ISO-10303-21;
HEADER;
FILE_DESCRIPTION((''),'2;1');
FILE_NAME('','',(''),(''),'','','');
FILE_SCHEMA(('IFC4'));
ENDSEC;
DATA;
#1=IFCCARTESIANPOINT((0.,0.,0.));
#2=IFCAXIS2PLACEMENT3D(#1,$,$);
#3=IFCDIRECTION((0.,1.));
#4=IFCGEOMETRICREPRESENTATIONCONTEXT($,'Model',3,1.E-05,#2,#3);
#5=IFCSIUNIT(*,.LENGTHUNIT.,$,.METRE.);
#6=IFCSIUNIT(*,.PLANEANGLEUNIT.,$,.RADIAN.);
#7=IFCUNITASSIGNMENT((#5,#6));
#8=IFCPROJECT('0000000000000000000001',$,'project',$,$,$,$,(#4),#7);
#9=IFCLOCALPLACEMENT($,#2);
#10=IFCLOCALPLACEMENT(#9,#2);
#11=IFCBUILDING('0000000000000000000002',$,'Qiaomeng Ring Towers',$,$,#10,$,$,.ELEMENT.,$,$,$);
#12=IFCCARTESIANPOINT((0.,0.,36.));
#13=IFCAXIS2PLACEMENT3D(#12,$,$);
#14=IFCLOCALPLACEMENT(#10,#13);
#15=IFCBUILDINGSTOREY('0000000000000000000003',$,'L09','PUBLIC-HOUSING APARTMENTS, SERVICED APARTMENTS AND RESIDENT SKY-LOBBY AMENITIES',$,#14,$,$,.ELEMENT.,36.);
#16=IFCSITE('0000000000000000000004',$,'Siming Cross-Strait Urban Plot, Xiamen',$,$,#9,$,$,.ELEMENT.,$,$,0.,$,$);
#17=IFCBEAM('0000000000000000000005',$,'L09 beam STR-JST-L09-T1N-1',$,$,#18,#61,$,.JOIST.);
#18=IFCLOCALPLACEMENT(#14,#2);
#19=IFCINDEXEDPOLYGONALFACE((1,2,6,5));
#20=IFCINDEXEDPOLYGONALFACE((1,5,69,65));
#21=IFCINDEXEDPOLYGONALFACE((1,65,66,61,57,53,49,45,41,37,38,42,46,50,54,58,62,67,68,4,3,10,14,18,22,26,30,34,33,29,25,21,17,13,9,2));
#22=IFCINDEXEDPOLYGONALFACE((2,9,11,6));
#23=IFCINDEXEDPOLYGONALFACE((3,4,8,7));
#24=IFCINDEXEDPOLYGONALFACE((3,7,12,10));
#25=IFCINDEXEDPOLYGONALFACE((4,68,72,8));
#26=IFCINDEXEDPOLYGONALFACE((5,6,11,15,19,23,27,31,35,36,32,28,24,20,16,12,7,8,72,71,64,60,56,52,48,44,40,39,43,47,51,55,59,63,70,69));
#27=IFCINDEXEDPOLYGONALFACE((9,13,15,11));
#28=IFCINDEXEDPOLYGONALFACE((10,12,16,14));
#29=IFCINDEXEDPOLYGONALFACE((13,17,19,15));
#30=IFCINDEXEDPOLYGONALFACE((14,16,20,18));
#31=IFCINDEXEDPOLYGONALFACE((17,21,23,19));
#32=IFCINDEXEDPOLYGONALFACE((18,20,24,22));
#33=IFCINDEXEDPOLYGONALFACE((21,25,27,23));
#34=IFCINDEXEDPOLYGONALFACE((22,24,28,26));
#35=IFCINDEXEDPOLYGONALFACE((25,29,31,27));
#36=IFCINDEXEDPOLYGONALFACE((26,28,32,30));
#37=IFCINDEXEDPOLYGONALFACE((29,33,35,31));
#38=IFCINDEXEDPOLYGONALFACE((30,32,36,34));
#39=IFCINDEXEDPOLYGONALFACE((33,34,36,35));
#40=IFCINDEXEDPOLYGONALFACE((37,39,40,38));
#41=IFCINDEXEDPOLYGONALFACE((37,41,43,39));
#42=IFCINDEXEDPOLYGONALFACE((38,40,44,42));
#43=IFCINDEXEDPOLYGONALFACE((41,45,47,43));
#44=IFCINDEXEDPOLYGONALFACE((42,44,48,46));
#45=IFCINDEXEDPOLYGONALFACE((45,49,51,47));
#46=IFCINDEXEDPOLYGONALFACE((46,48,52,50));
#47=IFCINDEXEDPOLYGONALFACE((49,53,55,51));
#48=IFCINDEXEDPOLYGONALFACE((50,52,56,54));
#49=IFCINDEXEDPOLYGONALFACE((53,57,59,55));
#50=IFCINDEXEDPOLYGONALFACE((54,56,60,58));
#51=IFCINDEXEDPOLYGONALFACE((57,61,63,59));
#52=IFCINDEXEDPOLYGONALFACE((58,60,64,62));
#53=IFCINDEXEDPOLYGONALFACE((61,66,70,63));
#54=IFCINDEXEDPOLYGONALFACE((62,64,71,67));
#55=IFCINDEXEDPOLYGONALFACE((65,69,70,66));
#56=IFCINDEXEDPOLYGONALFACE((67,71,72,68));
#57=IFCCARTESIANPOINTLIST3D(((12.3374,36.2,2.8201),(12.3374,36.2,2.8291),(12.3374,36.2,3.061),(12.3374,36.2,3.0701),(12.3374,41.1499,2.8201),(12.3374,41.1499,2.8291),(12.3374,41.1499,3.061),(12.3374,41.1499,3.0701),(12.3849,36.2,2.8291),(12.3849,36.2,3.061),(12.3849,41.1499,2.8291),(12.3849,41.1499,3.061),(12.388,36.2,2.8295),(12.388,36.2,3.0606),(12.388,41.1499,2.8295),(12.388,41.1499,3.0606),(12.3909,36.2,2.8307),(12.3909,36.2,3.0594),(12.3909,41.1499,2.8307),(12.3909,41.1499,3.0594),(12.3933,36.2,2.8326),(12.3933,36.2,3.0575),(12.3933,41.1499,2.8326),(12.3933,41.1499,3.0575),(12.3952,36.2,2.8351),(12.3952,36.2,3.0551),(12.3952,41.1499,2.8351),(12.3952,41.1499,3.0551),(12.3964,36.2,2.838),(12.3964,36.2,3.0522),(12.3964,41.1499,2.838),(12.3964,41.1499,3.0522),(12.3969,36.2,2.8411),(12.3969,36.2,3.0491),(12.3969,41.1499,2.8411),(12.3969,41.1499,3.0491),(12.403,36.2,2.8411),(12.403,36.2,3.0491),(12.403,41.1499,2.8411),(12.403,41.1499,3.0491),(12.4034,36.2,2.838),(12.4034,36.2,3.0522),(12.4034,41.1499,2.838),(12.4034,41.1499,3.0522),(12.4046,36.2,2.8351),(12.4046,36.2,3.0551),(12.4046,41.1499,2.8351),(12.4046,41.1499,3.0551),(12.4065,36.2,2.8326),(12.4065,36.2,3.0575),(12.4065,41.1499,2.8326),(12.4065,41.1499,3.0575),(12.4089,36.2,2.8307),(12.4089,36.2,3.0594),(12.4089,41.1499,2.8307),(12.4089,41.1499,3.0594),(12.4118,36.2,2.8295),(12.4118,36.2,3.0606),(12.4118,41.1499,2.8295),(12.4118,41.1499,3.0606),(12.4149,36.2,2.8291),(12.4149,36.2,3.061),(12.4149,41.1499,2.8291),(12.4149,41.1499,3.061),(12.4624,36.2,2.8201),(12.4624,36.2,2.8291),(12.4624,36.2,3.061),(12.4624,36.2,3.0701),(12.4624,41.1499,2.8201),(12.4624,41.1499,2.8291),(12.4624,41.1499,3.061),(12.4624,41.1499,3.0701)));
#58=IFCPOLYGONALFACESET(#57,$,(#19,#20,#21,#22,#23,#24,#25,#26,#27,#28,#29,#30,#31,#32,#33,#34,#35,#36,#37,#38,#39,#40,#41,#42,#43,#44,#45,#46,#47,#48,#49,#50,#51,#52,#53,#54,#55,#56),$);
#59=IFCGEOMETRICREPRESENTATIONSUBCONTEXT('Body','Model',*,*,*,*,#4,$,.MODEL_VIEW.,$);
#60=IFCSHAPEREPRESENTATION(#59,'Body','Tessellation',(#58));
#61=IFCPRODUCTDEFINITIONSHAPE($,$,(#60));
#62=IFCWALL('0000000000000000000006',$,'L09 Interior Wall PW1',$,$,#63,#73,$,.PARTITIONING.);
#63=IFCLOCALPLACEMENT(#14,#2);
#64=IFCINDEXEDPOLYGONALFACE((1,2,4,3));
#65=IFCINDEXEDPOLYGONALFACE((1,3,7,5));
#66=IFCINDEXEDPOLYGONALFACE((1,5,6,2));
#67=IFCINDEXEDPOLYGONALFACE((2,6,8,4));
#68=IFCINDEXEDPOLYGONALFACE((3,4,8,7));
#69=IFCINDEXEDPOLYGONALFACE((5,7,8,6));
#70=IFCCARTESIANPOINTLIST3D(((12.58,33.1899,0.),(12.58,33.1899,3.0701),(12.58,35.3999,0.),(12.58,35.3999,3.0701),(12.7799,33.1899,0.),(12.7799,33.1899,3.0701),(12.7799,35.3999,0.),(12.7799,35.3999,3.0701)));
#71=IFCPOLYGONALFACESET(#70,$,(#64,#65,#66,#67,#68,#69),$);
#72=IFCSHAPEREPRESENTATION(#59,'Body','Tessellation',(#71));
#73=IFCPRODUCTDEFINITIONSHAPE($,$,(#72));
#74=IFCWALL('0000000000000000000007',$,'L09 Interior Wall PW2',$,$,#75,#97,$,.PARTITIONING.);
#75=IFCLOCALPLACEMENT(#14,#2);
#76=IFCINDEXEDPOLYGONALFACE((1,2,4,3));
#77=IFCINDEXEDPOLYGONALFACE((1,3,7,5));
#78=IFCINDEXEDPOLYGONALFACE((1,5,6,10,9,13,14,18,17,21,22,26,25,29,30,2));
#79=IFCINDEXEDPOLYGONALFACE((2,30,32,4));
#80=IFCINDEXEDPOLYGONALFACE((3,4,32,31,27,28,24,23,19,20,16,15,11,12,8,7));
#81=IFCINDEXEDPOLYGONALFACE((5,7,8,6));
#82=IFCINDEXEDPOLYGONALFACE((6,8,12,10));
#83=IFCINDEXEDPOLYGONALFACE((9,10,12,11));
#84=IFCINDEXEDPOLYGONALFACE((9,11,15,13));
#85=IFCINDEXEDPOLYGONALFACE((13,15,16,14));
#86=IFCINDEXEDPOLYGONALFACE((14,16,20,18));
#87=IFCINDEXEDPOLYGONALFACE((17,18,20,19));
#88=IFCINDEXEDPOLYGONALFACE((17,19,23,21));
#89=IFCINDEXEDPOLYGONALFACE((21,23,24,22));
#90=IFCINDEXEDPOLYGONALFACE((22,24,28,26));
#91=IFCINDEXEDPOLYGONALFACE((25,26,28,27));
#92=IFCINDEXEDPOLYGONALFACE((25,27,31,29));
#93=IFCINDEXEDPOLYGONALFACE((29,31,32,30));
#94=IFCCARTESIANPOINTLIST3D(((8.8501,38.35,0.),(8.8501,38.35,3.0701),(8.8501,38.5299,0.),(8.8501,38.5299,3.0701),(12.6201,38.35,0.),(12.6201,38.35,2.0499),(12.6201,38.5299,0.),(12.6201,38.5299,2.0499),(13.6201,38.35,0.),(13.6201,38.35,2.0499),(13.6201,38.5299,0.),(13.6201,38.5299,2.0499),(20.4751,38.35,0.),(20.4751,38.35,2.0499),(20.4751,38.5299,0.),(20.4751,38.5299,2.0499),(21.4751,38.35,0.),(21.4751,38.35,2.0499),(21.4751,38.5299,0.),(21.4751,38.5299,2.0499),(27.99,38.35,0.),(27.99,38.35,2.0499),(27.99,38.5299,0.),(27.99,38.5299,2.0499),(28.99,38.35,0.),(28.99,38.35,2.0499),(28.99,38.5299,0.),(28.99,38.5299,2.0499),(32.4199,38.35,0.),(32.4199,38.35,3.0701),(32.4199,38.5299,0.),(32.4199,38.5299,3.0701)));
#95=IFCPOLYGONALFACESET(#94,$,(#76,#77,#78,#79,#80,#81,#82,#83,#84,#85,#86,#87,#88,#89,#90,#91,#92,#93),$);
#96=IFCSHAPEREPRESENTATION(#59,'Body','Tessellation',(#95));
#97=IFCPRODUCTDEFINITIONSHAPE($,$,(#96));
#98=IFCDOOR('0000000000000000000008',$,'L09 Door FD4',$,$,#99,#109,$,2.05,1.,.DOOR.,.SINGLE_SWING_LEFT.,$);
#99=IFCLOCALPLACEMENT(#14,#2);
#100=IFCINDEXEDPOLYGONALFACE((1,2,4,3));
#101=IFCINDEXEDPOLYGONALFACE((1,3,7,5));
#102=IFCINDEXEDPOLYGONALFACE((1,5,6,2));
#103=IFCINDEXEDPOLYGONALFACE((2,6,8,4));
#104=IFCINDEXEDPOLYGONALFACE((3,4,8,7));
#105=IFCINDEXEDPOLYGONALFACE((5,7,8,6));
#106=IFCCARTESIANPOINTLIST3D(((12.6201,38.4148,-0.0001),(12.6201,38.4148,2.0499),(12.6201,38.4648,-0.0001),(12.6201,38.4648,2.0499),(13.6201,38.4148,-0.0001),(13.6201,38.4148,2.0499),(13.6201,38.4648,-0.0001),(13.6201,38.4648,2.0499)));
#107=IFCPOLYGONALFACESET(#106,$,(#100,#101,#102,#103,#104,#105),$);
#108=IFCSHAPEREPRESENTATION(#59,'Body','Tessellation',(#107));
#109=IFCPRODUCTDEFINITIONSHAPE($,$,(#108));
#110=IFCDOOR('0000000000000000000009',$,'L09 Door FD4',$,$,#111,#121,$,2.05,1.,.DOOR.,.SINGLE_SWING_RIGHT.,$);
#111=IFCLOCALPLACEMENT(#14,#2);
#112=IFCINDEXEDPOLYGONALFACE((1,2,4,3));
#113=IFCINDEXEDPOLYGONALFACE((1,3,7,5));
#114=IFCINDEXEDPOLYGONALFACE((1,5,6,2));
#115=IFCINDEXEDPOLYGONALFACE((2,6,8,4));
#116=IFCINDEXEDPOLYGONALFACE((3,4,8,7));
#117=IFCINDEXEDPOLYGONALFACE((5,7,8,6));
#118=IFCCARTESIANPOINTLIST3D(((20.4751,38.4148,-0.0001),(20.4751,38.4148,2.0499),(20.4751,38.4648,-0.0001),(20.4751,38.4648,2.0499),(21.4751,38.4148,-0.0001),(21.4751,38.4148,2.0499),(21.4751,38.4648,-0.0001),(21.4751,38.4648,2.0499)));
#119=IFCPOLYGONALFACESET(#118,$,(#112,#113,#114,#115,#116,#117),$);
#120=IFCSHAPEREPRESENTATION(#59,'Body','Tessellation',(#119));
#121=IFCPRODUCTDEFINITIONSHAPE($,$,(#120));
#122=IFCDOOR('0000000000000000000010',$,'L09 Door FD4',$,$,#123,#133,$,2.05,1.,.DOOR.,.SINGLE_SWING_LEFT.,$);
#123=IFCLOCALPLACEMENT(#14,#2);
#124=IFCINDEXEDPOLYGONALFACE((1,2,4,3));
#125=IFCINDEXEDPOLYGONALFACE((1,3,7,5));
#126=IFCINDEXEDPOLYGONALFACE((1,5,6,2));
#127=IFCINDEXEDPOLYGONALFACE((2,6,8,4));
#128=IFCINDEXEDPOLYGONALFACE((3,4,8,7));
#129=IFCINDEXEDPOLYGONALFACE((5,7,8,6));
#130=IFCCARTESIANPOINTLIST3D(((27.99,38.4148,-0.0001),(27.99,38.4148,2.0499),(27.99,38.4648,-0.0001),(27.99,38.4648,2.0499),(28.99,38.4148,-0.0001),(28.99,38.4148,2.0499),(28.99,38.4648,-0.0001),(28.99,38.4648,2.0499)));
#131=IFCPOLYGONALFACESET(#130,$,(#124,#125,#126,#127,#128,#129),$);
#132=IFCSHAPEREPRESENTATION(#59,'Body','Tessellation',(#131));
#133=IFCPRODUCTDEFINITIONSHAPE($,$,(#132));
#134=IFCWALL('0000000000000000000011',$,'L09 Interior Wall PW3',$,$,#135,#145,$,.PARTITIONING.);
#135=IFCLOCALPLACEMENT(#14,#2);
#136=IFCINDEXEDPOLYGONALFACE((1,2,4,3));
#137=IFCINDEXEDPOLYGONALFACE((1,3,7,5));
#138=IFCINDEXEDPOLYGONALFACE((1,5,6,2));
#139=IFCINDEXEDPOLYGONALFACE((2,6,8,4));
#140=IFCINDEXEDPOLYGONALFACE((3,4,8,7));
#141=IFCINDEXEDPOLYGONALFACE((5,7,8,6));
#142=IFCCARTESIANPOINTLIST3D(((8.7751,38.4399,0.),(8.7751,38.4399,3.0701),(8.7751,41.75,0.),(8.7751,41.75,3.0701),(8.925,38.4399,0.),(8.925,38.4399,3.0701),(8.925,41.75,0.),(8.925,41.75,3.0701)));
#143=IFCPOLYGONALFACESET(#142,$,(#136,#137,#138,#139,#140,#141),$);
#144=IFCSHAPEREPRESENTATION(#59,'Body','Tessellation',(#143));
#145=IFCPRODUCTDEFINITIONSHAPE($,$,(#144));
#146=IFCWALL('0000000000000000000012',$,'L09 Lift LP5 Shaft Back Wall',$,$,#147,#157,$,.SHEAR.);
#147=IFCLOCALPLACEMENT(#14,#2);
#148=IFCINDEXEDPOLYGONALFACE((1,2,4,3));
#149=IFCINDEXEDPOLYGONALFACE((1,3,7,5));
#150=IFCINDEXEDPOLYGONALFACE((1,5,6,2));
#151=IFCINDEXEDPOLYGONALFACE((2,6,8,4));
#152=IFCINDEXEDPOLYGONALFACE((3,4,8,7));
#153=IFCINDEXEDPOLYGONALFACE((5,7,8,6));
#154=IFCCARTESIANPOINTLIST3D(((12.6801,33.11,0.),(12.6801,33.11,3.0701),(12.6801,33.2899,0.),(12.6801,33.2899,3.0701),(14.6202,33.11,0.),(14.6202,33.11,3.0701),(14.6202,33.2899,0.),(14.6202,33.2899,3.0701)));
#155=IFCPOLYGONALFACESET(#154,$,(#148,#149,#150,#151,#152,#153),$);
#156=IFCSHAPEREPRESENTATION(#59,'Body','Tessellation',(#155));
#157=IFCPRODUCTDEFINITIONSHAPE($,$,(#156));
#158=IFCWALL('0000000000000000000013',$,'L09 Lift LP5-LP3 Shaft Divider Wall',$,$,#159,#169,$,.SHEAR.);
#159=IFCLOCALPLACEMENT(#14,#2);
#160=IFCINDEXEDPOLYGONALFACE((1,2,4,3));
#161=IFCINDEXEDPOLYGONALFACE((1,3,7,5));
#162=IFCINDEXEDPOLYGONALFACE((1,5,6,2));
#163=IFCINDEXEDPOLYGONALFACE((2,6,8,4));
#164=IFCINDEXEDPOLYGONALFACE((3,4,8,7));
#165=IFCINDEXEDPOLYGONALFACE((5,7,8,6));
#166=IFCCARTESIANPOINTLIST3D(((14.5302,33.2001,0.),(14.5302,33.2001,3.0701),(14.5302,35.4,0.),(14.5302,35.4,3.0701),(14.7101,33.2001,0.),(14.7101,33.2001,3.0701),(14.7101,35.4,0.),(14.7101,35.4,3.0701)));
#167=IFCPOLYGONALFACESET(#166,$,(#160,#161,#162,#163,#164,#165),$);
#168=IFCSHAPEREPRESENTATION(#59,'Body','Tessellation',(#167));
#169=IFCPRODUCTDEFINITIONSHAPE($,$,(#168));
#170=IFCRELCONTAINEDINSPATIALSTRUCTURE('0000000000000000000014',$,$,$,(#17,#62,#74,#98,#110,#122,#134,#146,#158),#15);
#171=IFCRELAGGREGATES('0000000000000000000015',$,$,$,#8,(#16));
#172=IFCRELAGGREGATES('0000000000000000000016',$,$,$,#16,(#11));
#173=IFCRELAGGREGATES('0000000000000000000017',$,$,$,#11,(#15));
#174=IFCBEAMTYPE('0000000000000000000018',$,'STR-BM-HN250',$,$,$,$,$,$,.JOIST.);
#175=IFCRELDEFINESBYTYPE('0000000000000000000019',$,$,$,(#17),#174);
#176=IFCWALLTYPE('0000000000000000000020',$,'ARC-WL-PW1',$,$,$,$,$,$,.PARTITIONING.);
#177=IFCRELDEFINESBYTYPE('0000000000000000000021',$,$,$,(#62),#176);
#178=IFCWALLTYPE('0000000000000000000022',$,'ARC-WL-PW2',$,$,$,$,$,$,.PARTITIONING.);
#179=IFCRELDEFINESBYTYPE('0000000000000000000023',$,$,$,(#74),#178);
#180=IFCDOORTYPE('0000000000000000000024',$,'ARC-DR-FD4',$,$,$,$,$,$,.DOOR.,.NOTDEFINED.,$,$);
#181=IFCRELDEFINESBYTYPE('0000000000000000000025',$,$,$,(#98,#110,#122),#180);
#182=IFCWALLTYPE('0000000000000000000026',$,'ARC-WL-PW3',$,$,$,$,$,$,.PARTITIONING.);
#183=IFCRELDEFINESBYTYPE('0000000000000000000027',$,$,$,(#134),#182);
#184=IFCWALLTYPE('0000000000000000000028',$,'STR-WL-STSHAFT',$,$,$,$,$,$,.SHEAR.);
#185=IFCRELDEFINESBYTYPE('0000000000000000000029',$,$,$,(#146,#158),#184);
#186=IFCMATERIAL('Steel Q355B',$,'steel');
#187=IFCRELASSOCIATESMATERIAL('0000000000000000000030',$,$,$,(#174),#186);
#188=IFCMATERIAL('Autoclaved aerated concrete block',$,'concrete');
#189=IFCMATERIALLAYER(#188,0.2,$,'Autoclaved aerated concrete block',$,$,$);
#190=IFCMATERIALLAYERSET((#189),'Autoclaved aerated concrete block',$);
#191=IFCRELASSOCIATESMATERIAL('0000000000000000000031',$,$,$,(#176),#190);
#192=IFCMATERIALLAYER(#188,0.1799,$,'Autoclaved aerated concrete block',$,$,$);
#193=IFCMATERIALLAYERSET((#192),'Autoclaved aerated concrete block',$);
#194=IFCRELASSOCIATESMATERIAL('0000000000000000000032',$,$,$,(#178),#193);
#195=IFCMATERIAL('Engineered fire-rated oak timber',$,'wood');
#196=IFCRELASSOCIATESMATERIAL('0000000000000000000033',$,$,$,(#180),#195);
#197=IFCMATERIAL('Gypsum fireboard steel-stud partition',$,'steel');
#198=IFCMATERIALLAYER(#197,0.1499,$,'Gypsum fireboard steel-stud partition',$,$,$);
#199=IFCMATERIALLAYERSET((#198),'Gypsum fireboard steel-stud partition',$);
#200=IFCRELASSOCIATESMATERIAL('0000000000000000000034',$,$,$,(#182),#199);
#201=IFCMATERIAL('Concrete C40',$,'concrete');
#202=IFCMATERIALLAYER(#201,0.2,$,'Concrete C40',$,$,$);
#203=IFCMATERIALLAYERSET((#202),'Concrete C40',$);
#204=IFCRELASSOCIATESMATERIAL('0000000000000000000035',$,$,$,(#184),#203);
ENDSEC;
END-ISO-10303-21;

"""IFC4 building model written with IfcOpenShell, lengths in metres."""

from ifc_helpers import new_model, si_unit, direction, frame, frame_2d, origin, origin_2d, place, context, subcontext, project, spatial, rectangle, i_section, extrude, source, transform, mapped, material, layer, layer_set, material_profile, profile_set, type_object, element, fill, save


model = new_model("IFC4")

# Units and contexts
model_context = context("Model", 3, precision=1e-05, world=origin(), true_north=direction((0.0, 1.0)))
body_context = subcontext(model_context, "Body", "Model", "MODEL_VIEW")
ifc_project = project(units=[si_unit("LENGTHUNIT", "METRE"), si_unit("PLANEANGLEUNIT", "RADIAN")], contexts=[model_context])

# Site, building, storey
site_placement = place(None, origin())
site = spatial("IfcSite", under=ifc_project, at=site_placement, Name="Siming Cross-Strait Urban Plot, Xiamen", CompositionType="ELEMENT", RefElevation=0.0)
building_placement = place(site_placement, origin())
building = spatial("IfcBuilding", under=site, at=building_placement, Name="Qiaomeng Ring Towers", CompositionType="ELEMENT")
storey_placement = place(building_placement, frame((0.0, 0.0, 36.0)))
storey = spatial("IfcBuildingStorey", under=building, at=storey_placement, Name="L09", Description="PUBLIC-HOUSING APARTMENTS, SERVICED APARTMENTS AND RESIDENT SKY-LOBBY AMENITIES", CompositionType="ELEMENT", Elevation=36.0)

# Beam
ifc_material_1 = material(Name="Steel Q355B", Category="steel")
ifc_material_profile = material_profile(ifc_material_1, i_section(OverallWidth=0.125, OverallDepth=0.25, WebThickness=0.0061, FlangeThickness=0.009, FilletRadius=0.012, at=origin_2d()), Name="HN 250x125x6x9")
ifc_profile_set = profile_set([ifc_material_profile], Name="Steel Q355B")
beam_type = type_object("IfcBeamType", Name="STR-BM-HN250", PredefinedType="JOIST", material=ifc_profile_set)
shared_shape_1 = source(origin(), body_context, "Body", "SweptSolid", [
    extrude(i_section(OverallWidth=0.125, OverallDepth=0.25, WebThickness=0.0061, FlangeThickness=0.009, FilletRadius=0.012, at=origin_2d()), origin(), (0.0, 0.0, 1.0), 4.95),
])
beam_placement = place(storey_placement, frame((12.3999, 36.2, 2.9451), z_axis=(0.0, 1.0, 0.0), x_axis=(-1.0, 0.0, 0.0)))
element("IfcBeam", 1, at=beam_placement, inside=storey, type_object=beam_type, Name="L09 beam STR-JST-L09-T1N-1", PredefinedType="JOIST", context=body_context, shape_type="MappedRepresentation", body=[
    mapped(shared_shape_1, transform((0.0, 0.0, 0.0), x_axis=(1.0, 0.0, 0.0), y_axis=(0.0, 1.0, 0.0), z_axis=(0.0, 0.0, 1.0), scale=1.0)),
])

# Wall
ifc_material_2 = material(Name="Autoclaved aerated concrete block", Category="concrete")
ifc_layer_1 = layer(ifc_material_2, 0.2, Name="Autoclaved aerated concrete block")
ifc_layer_set_1 = layer_set([ifc_layer_1], Name="Autoclaved aerated concrete block")
wall_type_1 = type_object("IfcWallType", Name="ARC-WL-PW1", PredefinedType="PARTITIONING", material=ifc_layer_set_1)
wall_1_placement = place(storey_placement, frame((12.6799, 33.1899, 0.0), z_axis=(0.0, 0.0, 1.0), x_axis=(0.0, 1.0, 0.0)))
element("IfcWall", 2, at=wall_1_placement, inside=storey, type_object=wall_type_1, Name="L09 Interior Wall PW1", PredefinedType="PARTITIONING", context=body_context, shape_type="SweptSolid", body=[
    extrude(rectangle(XDim=2.21, YDim=0.2, at=frame_2d((1.105, 0.0))), origin(), (0.0, 0.0, 1.0), 3.0701),
])

# Wall, openings, doors
ifc_layer_2 = layer(ifc_material_2, 0.1799, Name="Autoclaved aerated concrete block")
ifc_layer_set_2 = layer_set([ifc_layer_2], Name="Autoclaved aerated concrete block")
wall_type_2 = type_object("IfcWallType", Name="ARC-WL-PW2", PredefinedType="PARTITIONING", material=ifc_layer_set_2)
wall_2_placement = place(storey_placement, frame((8.8501, 38.4399, 0.0), z_axis=(0.0, 0.0, 1.0), x_axis=(1.0, 0.0, 0.0)))
wall_2 = element("IfcWall", 3, at=wall_2_placement, inside=storey, type_object=wall_type_2, Name="L09 Interior Wall PW2", PredefinedType="PARTITIONING", context=body_context, shape_type="SweptSolid", body=[
    extrude(rectangle(XDim=23.5698, YDim=0.1799, at=frame_2d((11.7849, 0.0))), origin(), (0.0, 0.0, 1.0), 3.0701),
])
opening_1_placement = place(wall_2_placement, frame((3.77, 0.0, 0.0)))
opening_1 = element("IfcOpeningElement", 4, at=opening_1_placement, cuts=wall_2, PredefinedType="OPENING", context=body_context, shape_type="SweptSolid", body=[
    extrude(rectangle(XDim=1.0, YDim=2.05, at=frame_2d((0.5, 1.0249))), frame((0.0, 0.0999, 0.0), z_axis=(0.0, -1.0, 0.0), x_axis=(1.0, 0.0, 0.0)), (0.0, 0.0, 1.0), 0.2),
])
opening_2_placement = place(wall_2_placement, frame((11.625, 0.0, 0.0)))
opening_2 = element("IfcOpeningElement", 5, at=opening_2_placement, cuts=wall_2, PredefinedType="OPENING", context=body_context, shape_type="SweptSolid", body=[
    extrude(rectangle(XDim=1.0, YDim=2.05, at=frame_2d((0.5, 1.0249))), frame((0.0, 0.0999, 0.0), z_axis=(0.0, -1.0, 0.0), x_axis=(1.0, 0.0, 0.0)), (0.0, 0.0, 1.0), 0.2),
])
opening_3_placement = place(wall_2_placement, frame((19.1399, 0.0, 0.0)))
opening_3 = element("IfcOpeningElement", 6, at=opening_3_placement, cuts=wall_2, PredefinedType="OPENING", context=body_context, shape_type="SweptSolid", body=[
    extrude(rectangle(XDim=1.0, YDim=2.05, at=frame_2d((0.5, 1.0249))), frame((0.0, 0.0999, 0.0), z_axis=(0.0, -1.0, 0.0), x_axis=(1.0, 0.0, 0.0)), (0.0, 0.0, 1.0), 0.2),
])
ifc_material_3 = material(Name="Engineered fire-rated oak timber", Category="wood")
door_type_1 = type_object("IfcDoorType", Name="ARC-DR-FD4", OperationType="NOTDEFINED", PredefinedType="DOOR", material=ifc_material_3)
shared_shape_2 = source(origin(), body_context, "Body", "SweptSolid", [
    extrude(rectangle(XDim=1.0, YDim=2.05, at=frame_2d((0.5, 1.0249))), frame((0.0, 0.0249, 0.0), z_axis=(0.0, -1.0, 0.0), x_axis=(1.0, 0.0, 0.0)), (0.0, 0.0, 1.0), 0.05),
])
door_1_placement = place(opening_1_placement, origin())
door_1 = element("IfcDoor", 7, at=door_1_placement, inside=storey, type_object=door_type_1, Name="L09 Door FD4", OperationType="SINGLE_SWING_LEFT", OverallHeight=2.05, OverallWidth=1.0, PredefinedType="DOOR", context=body_context, shape_type="MappedRepresentation", body=[
    mapped(shared_shape_2, transform((0.0, 0.0, 0.0), x_axis=(1.0, 0.0, 0.0), y_axis=(0.0, 1.0, 0.0), z_axis=(0.0, 0.0, 1.0), scale=1.0)),
])
fill(opening_1, door_1)
door_2_placement = place(opening_2_placement, origin())
door_2 = element("IfcDoor", 8, at=door_2_placement, inside=storey, type_object=door_type_1, Name="L09 Door FD4", OperationType="SINGLE_SWING_RIGHT", OverallHeight=2.05, OverallWidth=1.0, PredefinedType="DOOR", context=body_context, shape_type="MappedRepresentation", body=[
    mapped(shared_shape_2, transform((0.0, 0.0, 0.0), x_axis=(1.0, 0.0, 0.0), y_axis=(0.0, 1.0, 0.0), z_axis=(0.0, 0.0, 1.0), scale=1.0)),
])
fill(opening_2, door_2)
door_3_placement = place(opening_3_placement, origin())
door_3 = element("IfcDoor", 9, at=door_3_placement, inside=storey, type_object=door_type_1, Name="L09 Door FD4", OperationType="SINGLE_SWING_LEFT", OverallHeight=2.05, OverallWidth=1.0, PredefinedType="DOOR", context=body_context, shape_type="MappedRepresentation", body=[
    mapped(shared_shape_2, transform((0.0, 0.0, 0.0), x_axis=(1.0, 0.0, 0.0), y_axis=(0.0, 1.0, 0.0), z_axis=(0.0, 0.0, 1.0), scale=1.0)),
])
fill(opening_3, door_3)

# Walls
ifc_material_4 = material(Name="Gypsum fireboard steel-stud partition", Category="steel")
ifc_layer_3 = layer(ifc_material_4, 0.1499, Name="Gypsum fireboard steel-stud partition")
ifc_layer_set_3 = layer_set([ifc_layer_3], Name="Gypsum fireboard steel-stud partition")
wall_type_3 = type_object("IfcWallType", Name="ARC-WL-PW3", PredefinedType="PARTITIONING", material=ifc_layer_set_3)
wall_3_placement = place(storey_placement, frame((8.8501, 38.4399, 0.0), z_axis=(0.0, 0.0, 1.0), x_axis=(0.0, 1.0, 0.0)))
element("IfcWall", 10, at=wall_3_placement, inside=storey, type_object=wall_type_3, Name="L09 Interior Wall PW3", PredefinedType="PARTITIONING", context=body_context, shape_type="SweptSolid", body=[
    extrude(rectangle(XDim=3.3101, YDim=0.1499, at=frame_2d((1.655, 0.0))), origin(), (0.0, 0.0, 1.0), 3.0701),
])
ifc_material_5 = material(Name="Concrete C40", Category="concrete")
ifc_layer_4 = layer(ifc_material_5, 0.2, Name="Concrete C40")
ifc_layer_set_4 = layer_set([ifc_layer_4], Name="Concrete C40")
wall_type_4 = type_object("IfcWallType", Name="STR-WL-STSHAFT", PredefinedType="SHEAR", material=ifc_layer_set_4)
wall_4_placement = place(storey_placement, frame((12.6799, 33.2, 0.0), z_axis=(0.0, 0.0, 1.0), x_axis=(1.0, 0.0, 0.0)))
element("IfcWall", 11, at=wall_4_placement, inside=storey, type_object=wall_type_4, Name="L09 Lift LP5 Shaft Back Wall", PredefinedType="SHEAR", context=body_context, shape_type="SweptSolid", body=[
    extrude(rectangle(XDim=1.9402, YDim=0.1799, at=frame_2d((0.9702, 0.0))), origin(), (0.0, 0.0, 1.0), 3.0701),
])
wall_5_placement = place(storey_placement, frame((14.6201, 33.2, 0.0), z_axis=(0.0, 0.0, 1.0), x_axis=(0.0, 1.0, 0.0)))
element("IfcWall", 12, at=wall_5_placement, inside=storey, type_object=wall_type_4, Name="L09 Lift LP5-LP3 Shaft Divider Wall", PredefinedType="SHEAR", context=body_context, shape_type="SweptSolid", body=[
    extrude(rectangle(XDim=2.2, YDim=0.1799, at=frame_2d((1.1001, 0.0))), origin(), (0.0, 0.0, 1.0), 3.0701),
])

save(model, "model.ifc")
